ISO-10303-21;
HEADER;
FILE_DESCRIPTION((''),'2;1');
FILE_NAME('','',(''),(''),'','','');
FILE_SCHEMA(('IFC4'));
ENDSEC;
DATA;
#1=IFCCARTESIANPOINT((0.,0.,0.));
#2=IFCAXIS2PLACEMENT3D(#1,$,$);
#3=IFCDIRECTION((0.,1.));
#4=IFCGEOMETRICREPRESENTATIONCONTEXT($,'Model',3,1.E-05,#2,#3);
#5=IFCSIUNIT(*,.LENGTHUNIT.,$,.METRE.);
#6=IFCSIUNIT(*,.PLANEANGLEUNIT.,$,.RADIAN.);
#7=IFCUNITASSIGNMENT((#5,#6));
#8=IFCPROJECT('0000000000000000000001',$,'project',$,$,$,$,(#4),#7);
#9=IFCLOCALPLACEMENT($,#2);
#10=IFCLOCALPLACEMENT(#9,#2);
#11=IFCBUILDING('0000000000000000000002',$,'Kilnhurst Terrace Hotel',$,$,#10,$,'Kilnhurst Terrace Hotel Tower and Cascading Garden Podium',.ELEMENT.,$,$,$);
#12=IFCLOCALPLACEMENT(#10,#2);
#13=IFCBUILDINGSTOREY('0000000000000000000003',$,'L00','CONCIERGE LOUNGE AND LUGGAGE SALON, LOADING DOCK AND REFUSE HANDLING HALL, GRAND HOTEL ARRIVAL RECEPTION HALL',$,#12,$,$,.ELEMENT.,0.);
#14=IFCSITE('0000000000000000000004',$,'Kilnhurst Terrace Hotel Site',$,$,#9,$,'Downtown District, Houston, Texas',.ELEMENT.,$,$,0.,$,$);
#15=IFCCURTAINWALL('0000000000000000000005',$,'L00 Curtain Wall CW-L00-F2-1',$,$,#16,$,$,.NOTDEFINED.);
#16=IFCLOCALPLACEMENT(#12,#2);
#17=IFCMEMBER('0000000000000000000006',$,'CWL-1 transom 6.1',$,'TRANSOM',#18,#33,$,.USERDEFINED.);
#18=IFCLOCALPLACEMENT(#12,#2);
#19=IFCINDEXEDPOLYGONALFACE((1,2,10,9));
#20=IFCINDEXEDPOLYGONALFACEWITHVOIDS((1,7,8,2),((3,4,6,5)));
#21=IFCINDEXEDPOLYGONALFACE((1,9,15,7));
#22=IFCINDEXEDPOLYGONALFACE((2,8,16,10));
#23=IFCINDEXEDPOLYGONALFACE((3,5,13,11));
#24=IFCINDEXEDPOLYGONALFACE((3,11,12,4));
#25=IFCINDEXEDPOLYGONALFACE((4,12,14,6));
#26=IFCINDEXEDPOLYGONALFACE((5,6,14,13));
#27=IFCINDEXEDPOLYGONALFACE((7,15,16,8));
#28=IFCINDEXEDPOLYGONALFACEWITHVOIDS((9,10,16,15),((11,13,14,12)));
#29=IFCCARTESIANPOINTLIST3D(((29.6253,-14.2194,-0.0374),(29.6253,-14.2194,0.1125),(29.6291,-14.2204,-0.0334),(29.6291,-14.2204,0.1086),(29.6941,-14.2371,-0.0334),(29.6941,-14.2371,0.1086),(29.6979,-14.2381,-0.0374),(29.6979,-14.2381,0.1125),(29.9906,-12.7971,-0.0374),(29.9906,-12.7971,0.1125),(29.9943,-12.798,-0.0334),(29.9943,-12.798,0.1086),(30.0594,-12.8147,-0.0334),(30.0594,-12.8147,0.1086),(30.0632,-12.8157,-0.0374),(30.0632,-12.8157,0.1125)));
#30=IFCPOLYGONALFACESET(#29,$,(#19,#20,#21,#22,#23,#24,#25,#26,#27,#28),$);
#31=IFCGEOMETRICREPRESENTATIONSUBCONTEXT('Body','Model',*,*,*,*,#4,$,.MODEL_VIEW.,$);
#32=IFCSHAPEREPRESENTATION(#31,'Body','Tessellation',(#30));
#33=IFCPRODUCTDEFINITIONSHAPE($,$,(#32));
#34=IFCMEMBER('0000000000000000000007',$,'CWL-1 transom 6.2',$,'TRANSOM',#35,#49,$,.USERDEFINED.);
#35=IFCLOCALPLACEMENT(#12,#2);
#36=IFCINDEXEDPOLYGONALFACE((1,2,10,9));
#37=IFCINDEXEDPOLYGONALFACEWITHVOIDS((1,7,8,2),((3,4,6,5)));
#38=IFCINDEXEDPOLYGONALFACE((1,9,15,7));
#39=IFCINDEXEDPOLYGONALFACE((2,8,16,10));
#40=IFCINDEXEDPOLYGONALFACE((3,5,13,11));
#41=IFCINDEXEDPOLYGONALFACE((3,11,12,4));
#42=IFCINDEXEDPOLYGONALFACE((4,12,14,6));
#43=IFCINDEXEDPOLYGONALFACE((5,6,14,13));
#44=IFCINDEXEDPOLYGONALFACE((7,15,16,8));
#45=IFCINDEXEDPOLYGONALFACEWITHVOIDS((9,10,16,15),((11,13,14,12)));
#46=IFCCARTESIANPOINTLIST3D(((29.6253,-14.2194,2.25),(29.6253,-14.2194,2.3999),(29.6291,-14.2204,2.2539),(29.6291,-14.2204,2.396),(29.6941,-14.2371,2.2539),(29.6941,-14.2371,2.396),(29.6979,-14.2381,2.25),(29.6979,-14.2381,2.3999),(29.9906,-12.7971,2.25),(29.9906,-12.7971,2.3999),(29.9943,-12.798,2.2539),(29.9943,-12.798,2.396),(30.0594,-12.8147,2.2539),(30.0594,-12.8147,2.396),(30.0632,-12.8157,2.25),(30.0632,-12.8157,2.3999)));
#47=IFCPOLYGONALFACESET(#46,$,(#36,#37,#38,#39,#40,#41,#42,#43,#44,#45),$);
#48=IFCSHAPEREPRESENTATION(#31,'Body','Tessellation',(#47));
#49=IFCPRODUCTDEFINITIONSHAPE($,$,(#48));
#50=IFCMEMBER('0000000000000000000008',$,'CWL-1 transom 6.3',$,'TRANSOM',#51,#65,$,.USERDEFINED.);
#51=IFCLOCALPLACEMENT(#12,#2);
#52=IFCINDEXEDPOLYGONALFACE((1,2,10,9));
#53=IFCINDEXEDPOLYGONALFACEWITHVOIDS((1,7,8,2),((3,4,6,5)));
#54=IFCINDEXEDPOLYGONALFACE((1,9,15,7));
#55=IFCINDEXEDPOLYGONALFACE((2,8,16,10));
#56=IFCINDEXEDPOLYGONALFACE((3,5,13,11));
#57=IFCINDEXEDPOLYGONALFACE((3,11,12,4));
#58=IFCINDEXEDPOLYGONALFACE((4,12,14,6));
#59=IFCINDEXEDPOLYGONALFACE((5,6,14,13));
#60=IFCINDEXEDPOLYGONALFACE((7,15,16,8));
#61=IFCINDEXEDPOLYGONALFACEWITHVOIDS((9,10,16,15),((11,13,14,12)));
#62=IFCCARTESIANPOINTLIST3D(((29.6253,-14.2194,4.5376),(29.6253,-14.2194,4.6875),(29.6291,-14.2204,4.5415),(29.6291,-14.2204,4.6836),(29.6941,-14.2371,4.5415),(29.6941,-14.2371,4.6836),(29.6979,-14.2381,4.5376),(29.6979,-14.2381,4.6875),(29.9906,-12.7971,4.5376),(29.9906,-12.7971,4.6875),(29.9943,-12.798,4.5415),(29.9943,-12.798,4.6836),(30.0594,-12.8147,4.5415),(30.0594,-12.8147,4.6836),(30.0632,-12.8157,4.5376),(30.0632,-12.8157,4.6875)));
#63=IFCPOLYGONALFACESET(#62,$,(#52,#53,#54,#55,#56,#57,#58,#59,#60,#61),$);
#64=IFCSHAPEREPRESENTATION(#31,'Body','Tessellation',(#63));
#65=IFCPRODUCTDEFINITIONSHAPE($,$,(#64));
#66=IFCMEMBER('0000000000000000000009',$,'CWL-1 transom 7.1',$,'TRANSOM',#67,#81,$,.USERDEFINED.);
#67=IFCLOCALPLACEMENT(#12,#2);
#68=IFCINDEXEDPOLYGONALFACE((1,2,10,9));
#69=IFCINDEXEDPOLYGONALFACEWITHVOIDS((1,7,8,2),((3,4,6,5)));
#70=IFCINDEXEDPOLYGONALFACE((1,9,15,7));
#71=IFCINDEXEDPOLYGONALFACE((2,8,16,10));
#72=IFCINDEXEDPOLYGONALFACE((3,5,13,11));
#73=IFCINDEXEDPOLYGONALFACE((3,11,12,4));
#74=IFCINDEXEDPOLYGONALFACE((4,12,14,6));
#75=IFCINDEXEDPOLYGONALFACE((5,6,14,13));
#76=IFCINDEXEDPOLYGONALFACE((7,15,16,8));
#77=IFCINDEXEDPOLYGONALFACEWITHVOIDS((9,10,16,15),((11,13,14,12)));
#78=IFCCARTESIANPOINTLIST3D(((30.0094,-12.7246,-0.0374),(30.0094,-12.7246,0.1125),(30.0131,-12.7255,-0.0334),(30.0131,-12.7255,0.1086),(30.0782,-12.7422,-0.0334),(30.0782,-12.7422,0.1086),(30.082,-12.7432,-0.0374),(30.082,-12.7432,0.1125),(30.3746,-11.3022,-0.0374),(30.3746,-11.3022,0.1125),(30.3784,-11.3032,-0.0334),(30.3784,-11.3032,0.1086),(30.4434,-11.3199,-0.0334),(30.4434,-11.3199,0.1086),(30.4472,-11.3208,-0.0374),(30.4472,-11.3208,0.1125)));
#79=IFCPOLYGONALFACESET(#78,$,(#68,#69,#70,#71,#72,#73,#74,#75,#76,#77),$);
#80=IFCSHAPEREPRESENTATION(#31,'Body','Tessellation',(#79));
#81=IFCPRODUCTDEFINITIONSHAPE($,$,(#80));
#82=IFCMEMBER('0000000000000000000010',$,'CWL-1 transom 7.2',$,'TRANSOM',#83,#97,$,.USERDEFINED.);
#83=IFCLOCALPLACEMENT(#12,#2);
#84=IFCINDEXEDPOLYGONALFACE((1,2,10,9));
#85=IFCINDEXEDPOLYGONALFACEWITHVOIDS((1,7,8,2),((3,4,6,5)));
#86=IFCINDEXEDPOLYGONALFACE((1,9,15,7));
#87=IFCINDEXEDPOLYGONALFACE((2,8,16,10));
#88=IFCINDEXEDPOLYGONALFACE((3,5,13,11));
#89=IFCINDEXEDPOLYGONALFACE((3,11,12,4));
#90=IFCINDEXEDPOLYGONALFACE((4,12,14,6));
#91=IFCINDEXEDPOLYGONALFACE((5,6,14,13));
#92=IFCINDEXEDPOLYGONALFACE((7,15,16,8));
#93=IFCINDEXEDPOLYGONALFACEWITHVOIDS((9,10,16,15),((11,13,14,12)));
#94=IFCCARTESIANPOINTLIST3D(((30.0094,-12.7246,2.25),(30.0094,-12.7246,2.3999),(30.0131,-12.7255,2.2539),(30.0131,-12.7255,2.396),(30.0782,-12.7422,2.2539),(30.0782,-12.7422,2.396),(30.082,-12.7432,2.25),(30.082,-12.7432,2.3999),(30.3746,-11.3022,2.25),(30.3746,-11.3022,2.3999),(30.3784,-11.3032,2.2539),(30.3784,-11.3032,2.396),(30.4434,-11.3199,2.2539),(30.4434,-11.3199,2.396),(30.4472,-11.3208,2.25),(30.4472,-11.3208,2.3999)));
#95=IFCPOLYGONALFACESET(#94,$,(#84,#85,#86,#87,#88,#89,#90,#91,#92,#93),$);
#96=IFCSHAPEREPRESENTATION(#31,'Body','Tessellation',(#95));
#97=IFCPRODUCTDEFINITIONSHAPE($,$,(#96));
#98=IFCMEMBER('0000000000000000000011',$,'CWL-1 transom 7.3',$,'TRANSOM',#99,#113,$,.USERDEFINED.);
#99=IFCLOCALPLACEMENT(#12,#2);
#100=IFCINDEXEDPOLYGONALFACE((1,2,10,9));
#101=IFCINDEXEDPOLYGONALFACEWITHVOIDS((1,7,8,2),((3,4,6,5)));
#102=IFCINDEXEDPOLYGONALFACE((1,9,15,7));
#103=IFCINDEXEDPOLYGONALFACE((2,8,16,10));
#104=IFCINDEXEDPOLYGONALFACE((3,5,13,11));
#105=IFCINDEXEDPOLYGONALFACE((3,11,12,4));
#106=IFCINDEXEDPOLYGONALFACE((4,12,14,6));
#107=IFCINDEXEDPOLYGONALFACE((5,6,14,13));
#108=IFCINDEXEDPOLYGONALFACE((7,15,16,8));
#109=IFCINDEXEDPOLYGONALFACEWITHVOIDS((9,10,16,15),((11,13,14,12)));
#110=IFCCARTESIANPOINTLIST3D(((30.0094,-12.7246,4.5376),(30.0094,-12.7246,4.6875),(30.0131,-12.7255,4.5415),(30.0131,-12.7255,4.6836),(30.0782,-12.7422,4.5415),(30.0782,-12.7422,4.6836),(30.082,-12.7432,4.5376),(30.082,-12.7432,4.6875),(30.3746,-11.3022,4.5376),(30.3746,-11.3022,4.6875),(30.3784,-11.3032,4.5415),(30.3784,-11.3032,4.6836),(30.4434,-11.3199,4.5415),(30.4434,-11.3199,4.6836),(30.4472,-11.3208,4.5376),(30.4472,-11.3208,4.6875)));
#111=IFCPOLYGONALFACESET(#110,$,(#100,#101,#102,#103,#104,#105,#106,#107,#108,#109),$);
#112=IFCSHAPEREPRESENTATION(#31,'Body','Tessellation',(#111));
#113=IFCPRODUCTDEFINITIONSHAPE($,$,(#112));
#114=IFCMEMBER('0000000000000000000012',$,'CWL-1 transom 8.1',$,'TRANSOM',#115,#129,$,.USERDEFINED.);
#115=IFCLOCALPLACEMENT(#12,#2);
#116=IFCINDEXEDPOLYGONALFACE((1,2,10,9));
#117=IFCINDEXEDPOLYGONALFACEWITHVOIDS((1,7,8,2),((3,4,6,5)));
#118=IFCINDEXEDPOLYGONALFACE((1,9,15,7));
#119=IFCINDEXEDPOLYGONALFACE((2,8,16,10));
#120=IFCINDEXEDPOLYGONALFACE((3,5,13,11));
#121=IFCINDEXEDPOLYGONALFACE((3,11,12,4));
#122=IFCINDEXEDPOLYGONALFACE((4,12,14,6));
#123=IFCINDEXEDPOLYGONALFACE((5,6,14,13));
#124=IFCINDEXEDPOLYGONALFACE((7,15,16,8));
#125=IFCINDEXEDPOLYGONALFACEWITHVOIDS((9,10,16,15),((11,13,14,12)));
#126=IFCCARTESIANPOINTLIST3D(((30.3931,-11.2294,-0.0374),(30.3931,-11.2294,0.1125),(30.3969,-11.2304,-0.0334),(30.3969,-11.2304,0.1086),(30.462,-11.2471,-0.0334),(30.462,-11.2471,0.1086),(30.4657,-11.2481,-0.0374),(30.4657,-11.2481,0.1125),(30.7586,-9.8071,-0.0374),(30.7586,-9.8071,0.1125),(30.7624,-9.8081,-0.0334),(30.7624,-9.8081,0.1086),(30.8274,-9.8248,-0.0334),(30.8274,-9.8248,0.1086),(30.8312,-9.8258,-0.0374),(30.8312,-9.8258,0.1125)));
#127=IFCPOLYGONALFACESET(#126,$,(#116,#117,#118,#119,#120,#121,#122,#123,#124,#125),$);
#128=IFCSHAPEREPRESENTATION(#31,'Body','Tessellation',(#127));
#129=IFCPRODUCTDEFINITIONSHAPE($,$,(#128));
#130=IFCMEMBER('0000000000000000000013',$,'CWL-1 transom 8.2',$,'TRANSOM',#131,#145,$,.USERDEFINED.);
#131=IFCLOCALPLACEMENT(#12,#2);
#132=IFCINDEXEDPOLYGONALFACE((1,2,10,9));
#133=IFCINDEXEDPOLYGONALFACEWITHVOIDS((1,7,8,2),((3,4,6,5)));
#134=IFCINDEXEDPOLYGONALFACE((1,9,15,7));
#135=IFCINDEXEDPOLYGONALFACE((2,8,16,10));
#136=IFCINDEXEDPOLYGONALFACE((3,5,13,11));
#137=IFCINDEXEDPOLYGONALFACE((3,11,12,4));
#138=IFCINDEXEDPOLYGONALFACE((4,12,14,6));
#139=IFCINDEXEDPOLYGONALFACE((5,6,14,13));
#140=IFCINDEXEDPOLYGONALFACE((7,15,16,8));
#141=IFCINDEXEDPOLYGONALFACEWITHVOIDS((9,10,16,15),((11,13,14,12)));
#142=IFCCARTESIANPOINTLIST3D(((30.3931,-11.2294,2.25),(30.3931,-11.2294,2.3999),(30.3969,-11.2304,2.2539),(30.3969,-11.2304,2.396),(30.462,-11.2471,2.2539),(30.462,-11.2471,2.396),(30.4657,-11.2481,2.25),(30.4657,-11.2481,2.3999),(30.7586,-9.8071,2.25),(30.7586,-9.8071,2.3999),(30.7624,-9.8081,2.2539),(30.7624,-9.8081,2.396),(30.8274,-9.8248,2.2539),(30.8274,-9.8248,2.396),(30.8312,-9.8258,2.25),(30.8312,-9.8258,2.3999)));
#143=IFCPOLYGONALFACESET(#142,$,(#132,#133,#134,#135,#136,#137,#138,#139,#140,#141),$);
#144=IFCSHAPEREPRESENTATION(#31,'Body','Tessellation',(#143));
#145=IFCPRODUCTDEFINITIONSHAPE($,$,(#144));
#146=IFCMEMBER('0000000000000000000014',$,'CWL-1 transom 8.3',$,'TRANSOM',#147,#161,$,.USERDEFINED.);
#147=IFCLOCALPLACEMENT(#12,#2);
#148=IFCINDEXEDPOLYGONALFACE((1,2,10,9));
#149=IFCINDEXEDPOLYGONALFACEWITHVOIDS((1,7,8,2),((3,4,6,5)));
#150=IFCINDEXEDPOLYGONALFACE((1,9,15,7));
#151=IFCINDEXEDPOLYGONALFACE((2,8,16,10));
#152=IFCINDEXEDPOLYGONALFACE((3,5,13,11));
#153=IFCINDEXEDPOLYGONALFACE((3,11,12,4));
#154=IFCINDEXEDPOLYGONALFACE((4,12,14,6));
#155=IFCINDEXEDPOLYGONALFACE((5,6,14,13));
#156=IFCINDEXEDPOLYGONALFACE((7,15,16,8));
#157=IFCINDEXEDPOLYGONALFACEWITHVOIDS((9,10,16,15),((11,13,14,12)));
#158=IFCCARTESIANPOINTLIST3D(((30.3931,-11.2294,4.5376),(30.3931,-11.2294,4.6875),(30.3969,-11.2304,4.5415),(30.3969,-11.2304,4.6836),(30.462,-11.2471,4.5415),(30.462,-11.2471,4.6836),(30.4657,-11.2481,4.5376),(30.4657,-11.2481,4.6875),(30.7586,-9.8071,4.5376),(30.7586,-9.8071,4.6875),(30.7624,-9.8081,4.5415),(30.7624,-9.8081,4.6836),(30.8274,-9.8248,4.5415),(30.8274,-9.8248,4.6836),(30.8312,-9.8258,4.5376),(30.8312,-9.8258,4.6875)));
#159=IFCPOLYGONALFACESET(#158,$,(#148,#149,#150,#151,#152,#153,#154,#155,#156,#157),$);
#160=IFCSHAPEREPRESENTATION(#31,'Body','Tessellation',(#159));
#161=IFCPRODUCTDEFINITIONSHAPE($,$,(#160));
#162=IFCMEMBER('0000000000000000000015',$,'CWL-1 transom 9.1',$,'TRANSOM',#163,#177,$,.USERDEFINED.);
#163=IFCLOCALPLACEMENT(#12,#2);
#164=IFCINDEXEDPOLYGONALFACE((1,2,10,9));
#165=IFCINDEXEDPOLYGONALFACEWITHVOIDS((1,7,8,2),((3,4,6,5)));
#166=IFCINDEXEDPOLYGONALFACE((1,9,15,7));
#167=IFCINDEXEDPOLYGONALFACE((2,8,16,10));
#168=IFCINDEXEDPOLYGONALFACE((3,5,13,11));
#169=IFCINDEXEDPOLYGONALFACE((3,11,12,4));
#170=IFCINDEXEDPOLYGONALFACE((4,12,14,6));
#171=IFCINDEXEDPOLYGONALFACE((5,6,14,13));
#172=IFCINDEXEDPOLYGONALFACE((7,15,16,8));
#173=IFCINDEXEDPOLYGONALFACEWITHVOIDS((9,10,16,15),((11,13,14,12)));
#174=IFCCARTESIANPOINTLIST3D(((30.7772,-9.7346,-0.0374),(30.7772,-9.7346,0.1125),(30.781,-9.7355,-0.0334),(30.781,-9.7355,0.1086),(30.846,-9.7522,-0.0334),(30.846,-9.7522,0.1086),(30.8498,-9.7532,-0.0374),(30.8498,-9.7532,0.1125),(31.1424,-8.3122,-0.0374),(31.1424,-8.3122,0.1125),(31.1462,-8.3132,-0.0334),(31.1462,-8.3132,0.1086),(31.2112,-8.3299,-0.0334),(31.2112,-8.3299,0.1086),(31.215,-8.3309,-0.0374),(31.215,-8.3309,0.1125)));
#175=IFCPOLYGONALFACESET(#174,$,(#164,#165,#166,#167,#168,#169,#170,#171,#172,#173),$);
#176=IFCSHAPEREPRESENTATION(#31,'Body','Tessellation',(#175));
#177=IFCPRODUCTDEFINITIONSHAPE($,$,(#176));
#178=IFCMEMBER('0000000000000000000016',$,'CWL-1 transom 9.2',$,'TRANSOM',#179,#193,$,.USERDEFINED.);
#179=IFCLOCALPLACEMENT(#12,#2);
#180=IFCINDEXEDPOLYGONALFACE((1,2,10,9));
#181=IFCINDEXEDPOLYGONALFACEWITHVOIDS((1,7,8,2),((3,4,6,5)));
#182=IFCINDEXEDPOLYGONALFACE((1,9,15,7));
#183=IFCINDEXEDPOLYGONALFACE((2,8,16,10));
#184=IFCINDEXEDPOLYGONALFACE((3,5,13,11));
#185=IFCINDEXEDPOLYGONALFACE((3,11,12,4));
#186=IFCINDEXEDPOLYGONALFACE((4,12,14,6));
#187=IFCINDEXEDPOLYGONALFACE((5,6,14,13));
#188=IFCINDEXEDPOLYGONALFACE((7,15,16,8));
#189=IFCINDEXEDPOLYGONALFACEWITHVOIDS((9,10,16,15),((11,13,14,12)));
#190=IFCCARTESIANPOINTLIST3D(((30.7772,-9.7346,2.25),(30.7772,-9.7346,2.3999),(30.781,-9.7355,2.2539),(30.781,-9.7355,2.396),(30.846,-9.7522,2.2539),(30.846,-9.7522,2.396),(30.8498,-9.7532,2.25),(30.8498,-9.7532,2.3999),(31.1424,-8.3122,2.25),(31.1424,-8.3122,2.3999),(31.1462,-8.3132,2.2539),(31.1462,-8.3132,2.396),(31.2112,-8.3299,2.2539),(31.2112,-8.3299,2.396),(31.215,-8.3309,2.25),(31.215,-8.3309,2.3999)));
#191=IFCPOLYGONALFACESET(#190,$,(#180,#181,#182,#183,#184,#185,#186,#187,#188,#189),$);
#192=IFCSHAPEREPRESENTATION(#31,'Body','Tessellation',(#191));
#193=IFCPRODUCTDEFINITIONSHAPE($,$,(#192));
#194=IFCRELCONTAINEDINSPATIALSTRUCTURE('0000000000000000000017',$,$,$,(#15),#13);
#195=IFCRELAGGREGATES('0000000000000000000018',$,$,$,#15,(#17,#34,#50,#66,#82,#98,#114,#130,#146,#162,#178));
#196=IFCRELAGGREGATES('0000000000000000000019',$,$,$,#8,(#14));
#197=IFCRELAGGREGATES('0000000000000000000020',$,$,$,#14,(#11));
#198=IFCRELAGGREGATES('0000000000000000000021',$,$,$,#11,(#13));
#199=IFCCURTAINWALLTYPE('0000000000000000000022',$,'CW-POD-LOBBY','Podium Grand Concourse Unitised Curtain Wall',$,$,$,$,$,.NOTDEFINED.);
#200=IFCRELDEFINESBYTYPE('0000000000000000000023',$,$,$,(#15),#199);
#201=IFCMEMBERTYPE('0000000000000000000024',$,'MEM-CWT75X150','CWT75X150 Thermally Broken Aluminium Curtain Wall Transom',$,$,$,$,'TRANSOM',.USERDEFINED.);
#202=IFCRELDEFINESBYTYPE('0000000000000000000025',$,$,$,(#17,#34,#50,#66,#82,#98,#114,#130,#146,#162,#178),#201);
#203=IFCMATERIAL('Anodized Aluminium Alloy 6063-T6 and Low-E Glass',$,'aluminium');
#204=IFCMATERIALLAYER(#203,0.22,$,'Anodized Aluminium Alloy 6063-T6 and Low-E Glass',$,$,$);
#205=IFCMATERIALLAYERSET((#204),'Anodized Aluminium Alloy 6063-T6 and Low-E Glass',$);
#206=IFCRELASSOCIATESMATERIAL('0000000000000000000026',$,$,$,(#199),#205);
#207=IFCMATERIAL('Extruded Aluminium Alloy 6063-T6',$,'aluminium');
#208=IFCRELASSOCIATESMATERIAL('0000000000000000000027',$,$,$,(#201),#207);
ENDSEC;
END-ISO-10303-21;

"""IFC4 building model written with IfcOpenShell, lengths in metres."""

from ifc_helpers import new_model, si_unit, direction, frame, origin, origin_2d, place, context, subcontext, project, spatial, hollow_rectangle, extrude, material, layer, layer_set, material_profile, profile_set, type_object, element, aggregate, save


model = new_model("IFC4")

# Units and contexts
model_context = context("Model", 3, precision=1e-05, world=origin(), true_north=direction((0.0, 1.0)))
body_context = subcontext(model_context, "Body", "Model", "MODEL_VIEW")
ifc_project = project(units=[si_unit("LENGTHUNIT", "METRE"), si_unit("PLANEANGLEUNIT", "RADIAN")], contexts=[model_context])

# Site, building, storey
site_placement = place(None, origin())
site = spatial("IfcSite", under=ifc_project, at=site_placement, Name="Kilnhurst Terrace Hotel Site", LongName="Downtown District, Houston, Texas", CompositionType="ELEMENT", RefElevation=0.0)
building_placement = place(site_placement, origin())
building = spatial("IfcBuilding", under=site, at=building_placement, Name="Kilnhurst Terrace Hotel", LongName="Kilnhurst Terrace Hotel Tower and Cascading Garden Podium", CompositionType="ELEMENT")
storey_placement = place(building_placement, origin())
storey = spatial("IfcBuildingStorey", under=building, at=storey_placement, Name="L00", Description="CONCIERGE LOUNGE AND LUGGAGE SALON, LOADING DOCK AND REFUSE HANDLING HALL, GRAND HOTEL ARRIVAL RECEPTION HALL", CompositionType="ELEMENT", Elevation=0.0)

# Curtain wall, members
ifc_material_1 = material(Name="Anodized Aluminium Alloy 6063-T6 and Low-E Glass", Category="aluminium")
ifc_layer_1 = layer(ifc_material_1, 0.22, Name="Anodized Aluminium Alloy 6063-T6 and Low-E Glass")
ifc_layer_set_1 = layer_set([ifc_layer_1], Name="Anodized Aluminium Alloy 6063-T6 and Low-E Glass")
curtain_wall_type = type_object("IfcCurtainWallType", Name="CW-POD-LOBBY", Description="Podium Grand Concourse Unitised Curtain Wall", PredefinedType="NOTDEFINED", material=ifc_layer_set_1)
curtain_wall_placement = place(storey_placement, origin())
curtain_wall = element("IfcCurtainWall", 1, at=curtain_wall_placement, inside=storey, type_object=curtain_wall_type, Name="L00 Curtain Wall CW-L00-F2-1", PredefinedType="NOTDEFINED")
ifc_material_2 = material(Name="Extruded Aluminium Alloy 6063-T6", Category="aluminium")
ifc_material_profile_1 = material_profile(ifc_material_2, hollow_rectangle(XDim=0.075, YDim=0.1499, WallThickness=0.0039, at=origin_2d()), Name="CWT75X150")
ifc_profile_set_1 = profile_set([ifc_material_profile_1], Name="Extruded Aluminium Alloy 6063-T6")
member_type_1 = type_object("IfcMemberType", Name="MEM-CWT75X150", Description="CWT75X150 Thermally Broken Aluminium Curtain Wall Transom", ElementType="TRANSOM", PredefinedType="USERDEFINED", material=ifc_profile_set_1)
member_1_placement = place(storey_placement, frame((29.6616, -14.2288, 0.0376), z_axis=(0.248711, 0.968578, 0.0), x_axis=(-0.968578, 0.248711, 0.0)))
member_1 = element("IfcMember", 2, at=member_1_placement, type_object=member_type_1, Name="CWL-1 transom 6.1", ObjectType="TRANSOM", PredefinedType="USERDEFINED", context=body_context, shape_type="SweptSolid", body=[
    extrude(hollow_rectangle(XDim=0.075, YDim=0.1499, WallThickness=0.0039, at=origin_2d()), origin(), (0.0, 0.0, 1.0), 1.4685),
])
member_2_placement = place(storey_placement, frame((29.6616, -14.2288, 2.325), z_axis=(0.248711, 0.968578, 0.0), x_axis=(-0.968578, 0.248711, 0.0)))
member_2 = element("IfcMember", 3, at=member_2_placement, type_object=member_type_1, Name="CWL-1 transom 6.2", ObjectType="TRANSOM", PredefinedType="USERDEFINED", context=body_context, shape_type="SweptSolid", body=[
    extrude(hollow_rectangle(XDim=0.075, YDim=0.1499, WallThickness=0.0039, at=origin_2d()), origin(), (0.0, 0.0, 1.0), 1.4685),
])
member_3_placement = place(storey_placement, frame((29.6616, -14.2288, 4.6125), z_axis=(0.248711, 0.968578, 0.0), x_axis=(-0.968578, 0.248711, 0.0)))
member_3 = element("IfcMember", 4, at=member_3_placement, type_object=member_type_1, Name="CWL-1 transom 6.3", ObjectType="TRANSOM", PredefinedType="USERDEFINED", context=body_context, shape_type="SweptSolid", body=[
    extrude(hollow_rectangle(XDim=0.075, YDim=0.1499, WallThickness=0.0039, at=origin_2d()), origin(), (0.0, 0.0, 1.0), 1.4685),
])
member_4_placement = place(storey_placement, frame((30.0457, -12.7339, 0.0376), z_axis=(0.248711, 0.968578, 0.0), x_axis=(-0.968578, 0.248711, 0.0)))
member_4 = element("IfcMember", 5, at=member_4_placement, type_object=member_type_1, Name="CWL-1 transom 7.1", ObjectType="TRANSOM", PredefinedType="USERDEFINED", context=body_context, shape_type="SweptSolid", body=[
    extrude(hollow_rectangle(XDim=0.075, YDim=0.1499, WallThickness=0.0039, at=origin_2d()), origin(), (0.0, 0.0, 1.0), 1.4685),
])
member_5_placement = place(storey_placement, frame((30.0457, -12.7339, 2.325), z_axis=(0.248711, 0.968578, 0.0), x_axis=(-0.968578, 0.248711, 0.0)))
member_5 = element("IfcMember", 6, at=member_5_placement, type_object=member_type_1, Name="CWL-1 transom 7.2", ObjectType="TRANSOM", PredefinedType="USERDEFINED", context=body_context, shape_type="SweptSolid", body=[
    extrude(hollow_rectangle(XDim=0.075, YDim=0.1499, WallThickness=0.0039, at=origin_2d()), origin(), (0.0, 0.0, 1.0), 1.4685),
])
member_6_placement = place(storey_placement, frame((30.0457, -12.7339, 4.6125), z_axis=(0.248711, 0.968578, 0.0), x_axis=(-0.968578, 0.248711, 0.0)))
member_6 = element("IfcMember", 7, at=member_6_placement, type_object=member_type_1, Name="CWL-1 transom 7.3", ObjectType="TRANSOM", PredefinedType="USERDEFINED", context=body_context, shape_type="SweptSolid", body=[
    extrude(hollow_rectangle(XDim=0.075, YDim=0.1499, WallThickness=0.0039, at=origin_2d()), origin(), (0.0, 0.0, 1.0), 1.4685),
])
member_7_placement = place(storey_placement, frame((30.4294, -11.2388, 0.0376), z_axis=(0.248867, 0.968538, 0.0), x_axis=(-0.968538, 0.248867, 0.0)))
member_7 = element("IfcMember", 8, at=member_7_placement, type_object=member_type_1, Name="CWL-1 transom 8.1", ObjectType="TRANSOM", PredefinedType="USERDEFINED", context=body_context, shape_type="SweptSolid", body=[
    extrude(hollow_rectangle(XDim=0.075, YDim=0.1499, WallThickness=0.0039, at=origin_2d()), origin(), (0.0, 0.0, 1.0), 1.4685),
])
member_8_placement = place(storey_placement, frame((30.4294, -11.2388, 2.325), z_axis=(0.248867, 0.968538, 0.0), x_axis=(-0.968538, 0.248867, 0.0)))
member_8 = element("IfcMember", 9, at=member_8_placement, type_object=member_type_1, Name="CWL-1 transom 8.2", ObjectType="TRANSOM", PredefinedType="USERDEFINED", context=body_context, shape_type="SweptSolid", body=[
    extrude(hollow_rectangle(XDim=0.075, YDim=0.1499, WallThickness=0.0039, at=origin_2d()), origin(), (0.0, 0.0, 1.0), 1.4685),
])
member_9_placement = place(storey_placement, frame((30.4294, -11.2388, 4.6125), z_axis=(0.248867, 0.968538, 0.0), x_axis=(-0.968538, 0.248867, 0.0)))
member_9 = element("IfcMember", 10, at=member_9_placement, type_object=member_type_1, Name="CWL-1 transom 8.3", ObjectType="TRANSOM", PredefinedType="USERDEFINED", context=body_context, shape_type="SweptSolid", body=[
    extrude(hollow_rectangle(XDim=0.075, YDim=0.1499, WallThickness=0.0039, at=origin_2d()), origin(), (0.0, 0.0, 1.0), 1.4685),
])
member_10_placement = place(storey_placement, frame((30.8135, -9.7439, 0.0376), z_axis=(0.248711, 0.968578, 0.0), x_axis=(-0.968578, 0.248711, 0.0)))
member_10 = element("IfcMember", 11, at=member_10_placement, type_object=member_type_1, Name="CWL-1 transom 9.1", ObjectType="TRANSOM", PredefinedType="USERDEFINED", context=body_context, shape_type="SweptSolid", body=[
    extrude(hollow_rectangle(XDim=0.075, YDim=0.1499, WallThickness=0.0039, at=origin_2d()), origin(), (0.0, 0.0, 1.0), 1.4685),
])
member_11_placement = place(storey_placement, frame((30.8135, -9.7439, 2.325), z_axis=(0.248711, 0.968578, 0.0), x_axis=(-0.968578, 0.248711, 0.0)))
member_11 = element("IfcMember", 12, at=member_11_placement, type_object=member_type_1, Name="CWL-1 transom 9.2", ObjectType="TRANSOM", PredefinedType="USERDEFINED", context=body_context, shape_type="SweptSolid", body=[
    extrude(hollow_rectangle(XDim=0.075, YDim=0.1499, WallThickness=0.0039, at=origin_2d()), origin(), (0.0, 0.0, 1.0), 1.4685),
])
aggregate(curtain_wall, [member_1, member_2, member_3, member_4, member_5, member_6, member_7, member_8, member_9, member_10, member_11])

save(model, "model.ifc")
